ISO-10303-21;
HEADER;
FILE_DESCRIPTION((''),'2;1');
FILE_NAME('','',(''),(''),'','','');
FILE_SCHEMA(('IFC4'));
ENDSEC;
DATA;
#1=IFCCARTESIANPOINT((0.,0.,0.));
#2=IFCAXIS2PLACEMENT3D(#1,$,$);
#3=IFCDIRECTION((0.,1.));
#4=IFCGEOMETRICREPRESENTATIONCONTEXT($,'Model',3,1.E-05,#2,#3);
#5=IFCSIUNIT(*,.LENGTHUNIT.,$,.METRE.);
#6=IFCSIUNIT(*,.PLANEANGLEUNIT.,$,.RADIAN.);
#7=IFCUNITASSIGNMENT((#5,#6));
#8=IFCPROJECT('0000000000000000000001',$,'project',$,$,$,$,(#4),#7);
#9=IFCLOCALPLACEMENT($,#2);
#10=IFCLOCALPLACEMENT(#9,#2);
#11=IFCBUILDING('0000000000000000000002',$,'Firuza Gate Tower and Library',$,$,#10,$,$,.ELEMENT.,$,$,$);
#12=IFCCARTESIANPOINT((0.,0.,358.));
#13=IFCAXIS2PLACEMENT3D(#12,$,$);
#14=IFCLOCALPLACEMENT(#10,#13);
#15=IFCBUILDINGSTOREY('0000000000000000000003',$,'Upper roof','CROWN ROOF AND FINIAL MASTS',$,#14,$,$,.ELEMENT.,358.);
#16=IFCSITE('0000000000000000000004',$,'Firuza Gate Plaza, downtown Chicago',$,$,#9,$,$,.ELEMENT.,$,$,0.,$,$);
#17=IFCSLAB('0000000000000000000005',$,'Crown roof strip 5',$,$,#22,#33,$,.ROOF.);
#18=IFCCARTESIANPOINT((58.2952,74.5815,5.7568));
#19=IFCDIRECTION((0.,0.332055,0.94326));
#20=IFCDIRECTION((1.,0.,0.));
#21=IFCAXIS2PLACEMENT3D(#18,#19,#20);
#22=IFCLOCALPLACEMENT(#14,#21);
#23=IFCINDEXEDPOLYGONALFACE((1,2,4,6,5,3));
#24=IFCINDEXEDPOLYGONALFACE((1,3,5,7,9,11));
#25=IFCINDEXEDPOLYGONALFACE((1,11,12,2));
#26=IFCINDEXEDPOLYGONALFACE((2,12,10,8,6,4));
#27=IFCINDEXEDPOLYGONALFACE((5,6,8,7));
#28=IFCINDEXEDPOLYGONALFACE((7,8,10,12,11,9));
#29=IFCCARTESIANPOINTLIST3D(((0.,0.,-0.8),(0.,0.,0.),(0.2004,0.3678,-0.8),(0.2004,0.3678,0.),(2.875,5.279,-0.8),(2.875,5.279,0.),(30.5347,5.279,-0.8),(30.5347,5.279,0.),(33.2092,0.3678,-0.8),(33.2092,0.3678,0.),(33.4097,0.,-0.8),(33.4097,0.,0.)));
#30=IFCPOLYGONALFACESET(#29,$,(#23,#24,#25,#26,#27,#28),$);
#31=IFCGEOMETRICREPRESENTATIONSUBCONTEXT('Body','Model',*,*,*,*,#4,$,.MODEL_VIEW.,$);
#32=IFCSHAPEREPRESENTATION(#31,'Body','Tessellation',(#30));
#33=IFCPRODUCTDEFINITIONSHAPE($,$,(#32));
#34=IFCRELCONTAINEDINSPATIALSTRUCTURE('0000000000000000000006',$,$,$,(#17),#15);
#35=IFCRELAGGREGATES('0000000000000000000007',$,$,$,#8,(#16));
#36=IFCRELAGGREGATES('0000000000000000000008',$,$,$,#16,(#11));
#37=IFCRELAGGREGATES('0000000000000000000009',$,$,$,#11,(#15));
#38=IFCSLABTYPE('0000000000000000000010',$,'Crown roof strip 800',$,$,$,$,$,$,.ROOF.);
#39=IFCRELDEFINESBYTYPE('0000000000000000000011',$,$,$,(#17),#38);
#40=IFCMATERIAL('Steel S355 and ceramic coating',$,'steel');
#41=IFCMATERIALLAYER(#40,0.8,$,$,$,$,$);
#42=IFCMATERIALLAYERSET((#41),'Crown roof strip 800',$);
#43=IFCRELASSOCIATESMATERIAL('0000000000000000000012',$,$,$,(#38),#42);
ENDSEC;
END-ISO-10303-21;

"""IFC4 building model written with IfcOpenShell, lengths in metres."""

from ifc_helpers import new_model, si_unit, direction, frame, origin, place, context, subcontext, project, spatial, polyline, outline, extrude, material, layer, layer_set, type_object, element, save


model = new_model("IFC4")

# Units and contexts
model_context = context("Model", 3, precision=1e-05, world=origin(), true_north=direction((0.0, 1.0)))
body_context = subcontext(model_context, "Body", "Model", "MODEL_VIEW")
ifc_project = project(units=[si_unit("LENGTHUNIT", "METRE"), si_unit("PLANEANGLEUNIT", "RADIAN")], contexts=[model_context])

# Site, building, storey
site_placement = place(None, origin())
site = spatial("IfcSite", under=ifc_project, at=site_placement, Name="Firuza Gate Plaza, downtown Chicago", CompositionType="ELEMENT", RefElevation=0.0)
building_placement = place(site_placement, origin())
building = spatial("IfcBuilding", under=site, at=building_placement, Name="Firuza Gate Tower and Library", CompositionType="ELEMENT")
storey_placement = place(building_placement, frame((0.0, 0.0, 358.0)))
storey = spatial("IfcBuildingStorey", under=building, at=storey_placement, Name="Upper roof", Description="CROWN ROOF AND FINIAL MASTS", CompositionType="ELEMENT", Elevation=358.0)

# Slab
ifc_material_1 = material(Name="Steel S355 and ceramic coating", Category="steel")
ifc_layer_1 = layer(ifc_material_1, 0.8)
ifc_layer_set_1 = layer_set([ifc_layer_1], Name="Crown roof strip 800")
slab_type = type_object("IfcSlabType", Name="Crown roof strip 800", PredefinedType="ROOF", material=ifc_layer_set_1)
slab_placement = place(storey_placement, frame((58.2952, 74.5815, 5.7568), z_axis=(0.0, 0.332055, 0.94326), x_axis=(1.0, 0.0, 0.0)))
element("IfcSlab", 1, at=slab_placement, inside=storey, type_object=slab_type, Name="Crown roof strip 5", PredefinedType="ROOF", context=body_context, shape_type="SweptSolid", body=[
    extrude(outline(polyline([(0.0, 0.0), (33.4097, 0.0), (33.2092, 0.3678), (30.5347, 5.279), (2.875, 5.279), (0.2004, 0.3678), (0.0, 0.0)])), origin(), (0.0, 0.0, -1.0), 0.8),
])

save(model, "model.ifc")
